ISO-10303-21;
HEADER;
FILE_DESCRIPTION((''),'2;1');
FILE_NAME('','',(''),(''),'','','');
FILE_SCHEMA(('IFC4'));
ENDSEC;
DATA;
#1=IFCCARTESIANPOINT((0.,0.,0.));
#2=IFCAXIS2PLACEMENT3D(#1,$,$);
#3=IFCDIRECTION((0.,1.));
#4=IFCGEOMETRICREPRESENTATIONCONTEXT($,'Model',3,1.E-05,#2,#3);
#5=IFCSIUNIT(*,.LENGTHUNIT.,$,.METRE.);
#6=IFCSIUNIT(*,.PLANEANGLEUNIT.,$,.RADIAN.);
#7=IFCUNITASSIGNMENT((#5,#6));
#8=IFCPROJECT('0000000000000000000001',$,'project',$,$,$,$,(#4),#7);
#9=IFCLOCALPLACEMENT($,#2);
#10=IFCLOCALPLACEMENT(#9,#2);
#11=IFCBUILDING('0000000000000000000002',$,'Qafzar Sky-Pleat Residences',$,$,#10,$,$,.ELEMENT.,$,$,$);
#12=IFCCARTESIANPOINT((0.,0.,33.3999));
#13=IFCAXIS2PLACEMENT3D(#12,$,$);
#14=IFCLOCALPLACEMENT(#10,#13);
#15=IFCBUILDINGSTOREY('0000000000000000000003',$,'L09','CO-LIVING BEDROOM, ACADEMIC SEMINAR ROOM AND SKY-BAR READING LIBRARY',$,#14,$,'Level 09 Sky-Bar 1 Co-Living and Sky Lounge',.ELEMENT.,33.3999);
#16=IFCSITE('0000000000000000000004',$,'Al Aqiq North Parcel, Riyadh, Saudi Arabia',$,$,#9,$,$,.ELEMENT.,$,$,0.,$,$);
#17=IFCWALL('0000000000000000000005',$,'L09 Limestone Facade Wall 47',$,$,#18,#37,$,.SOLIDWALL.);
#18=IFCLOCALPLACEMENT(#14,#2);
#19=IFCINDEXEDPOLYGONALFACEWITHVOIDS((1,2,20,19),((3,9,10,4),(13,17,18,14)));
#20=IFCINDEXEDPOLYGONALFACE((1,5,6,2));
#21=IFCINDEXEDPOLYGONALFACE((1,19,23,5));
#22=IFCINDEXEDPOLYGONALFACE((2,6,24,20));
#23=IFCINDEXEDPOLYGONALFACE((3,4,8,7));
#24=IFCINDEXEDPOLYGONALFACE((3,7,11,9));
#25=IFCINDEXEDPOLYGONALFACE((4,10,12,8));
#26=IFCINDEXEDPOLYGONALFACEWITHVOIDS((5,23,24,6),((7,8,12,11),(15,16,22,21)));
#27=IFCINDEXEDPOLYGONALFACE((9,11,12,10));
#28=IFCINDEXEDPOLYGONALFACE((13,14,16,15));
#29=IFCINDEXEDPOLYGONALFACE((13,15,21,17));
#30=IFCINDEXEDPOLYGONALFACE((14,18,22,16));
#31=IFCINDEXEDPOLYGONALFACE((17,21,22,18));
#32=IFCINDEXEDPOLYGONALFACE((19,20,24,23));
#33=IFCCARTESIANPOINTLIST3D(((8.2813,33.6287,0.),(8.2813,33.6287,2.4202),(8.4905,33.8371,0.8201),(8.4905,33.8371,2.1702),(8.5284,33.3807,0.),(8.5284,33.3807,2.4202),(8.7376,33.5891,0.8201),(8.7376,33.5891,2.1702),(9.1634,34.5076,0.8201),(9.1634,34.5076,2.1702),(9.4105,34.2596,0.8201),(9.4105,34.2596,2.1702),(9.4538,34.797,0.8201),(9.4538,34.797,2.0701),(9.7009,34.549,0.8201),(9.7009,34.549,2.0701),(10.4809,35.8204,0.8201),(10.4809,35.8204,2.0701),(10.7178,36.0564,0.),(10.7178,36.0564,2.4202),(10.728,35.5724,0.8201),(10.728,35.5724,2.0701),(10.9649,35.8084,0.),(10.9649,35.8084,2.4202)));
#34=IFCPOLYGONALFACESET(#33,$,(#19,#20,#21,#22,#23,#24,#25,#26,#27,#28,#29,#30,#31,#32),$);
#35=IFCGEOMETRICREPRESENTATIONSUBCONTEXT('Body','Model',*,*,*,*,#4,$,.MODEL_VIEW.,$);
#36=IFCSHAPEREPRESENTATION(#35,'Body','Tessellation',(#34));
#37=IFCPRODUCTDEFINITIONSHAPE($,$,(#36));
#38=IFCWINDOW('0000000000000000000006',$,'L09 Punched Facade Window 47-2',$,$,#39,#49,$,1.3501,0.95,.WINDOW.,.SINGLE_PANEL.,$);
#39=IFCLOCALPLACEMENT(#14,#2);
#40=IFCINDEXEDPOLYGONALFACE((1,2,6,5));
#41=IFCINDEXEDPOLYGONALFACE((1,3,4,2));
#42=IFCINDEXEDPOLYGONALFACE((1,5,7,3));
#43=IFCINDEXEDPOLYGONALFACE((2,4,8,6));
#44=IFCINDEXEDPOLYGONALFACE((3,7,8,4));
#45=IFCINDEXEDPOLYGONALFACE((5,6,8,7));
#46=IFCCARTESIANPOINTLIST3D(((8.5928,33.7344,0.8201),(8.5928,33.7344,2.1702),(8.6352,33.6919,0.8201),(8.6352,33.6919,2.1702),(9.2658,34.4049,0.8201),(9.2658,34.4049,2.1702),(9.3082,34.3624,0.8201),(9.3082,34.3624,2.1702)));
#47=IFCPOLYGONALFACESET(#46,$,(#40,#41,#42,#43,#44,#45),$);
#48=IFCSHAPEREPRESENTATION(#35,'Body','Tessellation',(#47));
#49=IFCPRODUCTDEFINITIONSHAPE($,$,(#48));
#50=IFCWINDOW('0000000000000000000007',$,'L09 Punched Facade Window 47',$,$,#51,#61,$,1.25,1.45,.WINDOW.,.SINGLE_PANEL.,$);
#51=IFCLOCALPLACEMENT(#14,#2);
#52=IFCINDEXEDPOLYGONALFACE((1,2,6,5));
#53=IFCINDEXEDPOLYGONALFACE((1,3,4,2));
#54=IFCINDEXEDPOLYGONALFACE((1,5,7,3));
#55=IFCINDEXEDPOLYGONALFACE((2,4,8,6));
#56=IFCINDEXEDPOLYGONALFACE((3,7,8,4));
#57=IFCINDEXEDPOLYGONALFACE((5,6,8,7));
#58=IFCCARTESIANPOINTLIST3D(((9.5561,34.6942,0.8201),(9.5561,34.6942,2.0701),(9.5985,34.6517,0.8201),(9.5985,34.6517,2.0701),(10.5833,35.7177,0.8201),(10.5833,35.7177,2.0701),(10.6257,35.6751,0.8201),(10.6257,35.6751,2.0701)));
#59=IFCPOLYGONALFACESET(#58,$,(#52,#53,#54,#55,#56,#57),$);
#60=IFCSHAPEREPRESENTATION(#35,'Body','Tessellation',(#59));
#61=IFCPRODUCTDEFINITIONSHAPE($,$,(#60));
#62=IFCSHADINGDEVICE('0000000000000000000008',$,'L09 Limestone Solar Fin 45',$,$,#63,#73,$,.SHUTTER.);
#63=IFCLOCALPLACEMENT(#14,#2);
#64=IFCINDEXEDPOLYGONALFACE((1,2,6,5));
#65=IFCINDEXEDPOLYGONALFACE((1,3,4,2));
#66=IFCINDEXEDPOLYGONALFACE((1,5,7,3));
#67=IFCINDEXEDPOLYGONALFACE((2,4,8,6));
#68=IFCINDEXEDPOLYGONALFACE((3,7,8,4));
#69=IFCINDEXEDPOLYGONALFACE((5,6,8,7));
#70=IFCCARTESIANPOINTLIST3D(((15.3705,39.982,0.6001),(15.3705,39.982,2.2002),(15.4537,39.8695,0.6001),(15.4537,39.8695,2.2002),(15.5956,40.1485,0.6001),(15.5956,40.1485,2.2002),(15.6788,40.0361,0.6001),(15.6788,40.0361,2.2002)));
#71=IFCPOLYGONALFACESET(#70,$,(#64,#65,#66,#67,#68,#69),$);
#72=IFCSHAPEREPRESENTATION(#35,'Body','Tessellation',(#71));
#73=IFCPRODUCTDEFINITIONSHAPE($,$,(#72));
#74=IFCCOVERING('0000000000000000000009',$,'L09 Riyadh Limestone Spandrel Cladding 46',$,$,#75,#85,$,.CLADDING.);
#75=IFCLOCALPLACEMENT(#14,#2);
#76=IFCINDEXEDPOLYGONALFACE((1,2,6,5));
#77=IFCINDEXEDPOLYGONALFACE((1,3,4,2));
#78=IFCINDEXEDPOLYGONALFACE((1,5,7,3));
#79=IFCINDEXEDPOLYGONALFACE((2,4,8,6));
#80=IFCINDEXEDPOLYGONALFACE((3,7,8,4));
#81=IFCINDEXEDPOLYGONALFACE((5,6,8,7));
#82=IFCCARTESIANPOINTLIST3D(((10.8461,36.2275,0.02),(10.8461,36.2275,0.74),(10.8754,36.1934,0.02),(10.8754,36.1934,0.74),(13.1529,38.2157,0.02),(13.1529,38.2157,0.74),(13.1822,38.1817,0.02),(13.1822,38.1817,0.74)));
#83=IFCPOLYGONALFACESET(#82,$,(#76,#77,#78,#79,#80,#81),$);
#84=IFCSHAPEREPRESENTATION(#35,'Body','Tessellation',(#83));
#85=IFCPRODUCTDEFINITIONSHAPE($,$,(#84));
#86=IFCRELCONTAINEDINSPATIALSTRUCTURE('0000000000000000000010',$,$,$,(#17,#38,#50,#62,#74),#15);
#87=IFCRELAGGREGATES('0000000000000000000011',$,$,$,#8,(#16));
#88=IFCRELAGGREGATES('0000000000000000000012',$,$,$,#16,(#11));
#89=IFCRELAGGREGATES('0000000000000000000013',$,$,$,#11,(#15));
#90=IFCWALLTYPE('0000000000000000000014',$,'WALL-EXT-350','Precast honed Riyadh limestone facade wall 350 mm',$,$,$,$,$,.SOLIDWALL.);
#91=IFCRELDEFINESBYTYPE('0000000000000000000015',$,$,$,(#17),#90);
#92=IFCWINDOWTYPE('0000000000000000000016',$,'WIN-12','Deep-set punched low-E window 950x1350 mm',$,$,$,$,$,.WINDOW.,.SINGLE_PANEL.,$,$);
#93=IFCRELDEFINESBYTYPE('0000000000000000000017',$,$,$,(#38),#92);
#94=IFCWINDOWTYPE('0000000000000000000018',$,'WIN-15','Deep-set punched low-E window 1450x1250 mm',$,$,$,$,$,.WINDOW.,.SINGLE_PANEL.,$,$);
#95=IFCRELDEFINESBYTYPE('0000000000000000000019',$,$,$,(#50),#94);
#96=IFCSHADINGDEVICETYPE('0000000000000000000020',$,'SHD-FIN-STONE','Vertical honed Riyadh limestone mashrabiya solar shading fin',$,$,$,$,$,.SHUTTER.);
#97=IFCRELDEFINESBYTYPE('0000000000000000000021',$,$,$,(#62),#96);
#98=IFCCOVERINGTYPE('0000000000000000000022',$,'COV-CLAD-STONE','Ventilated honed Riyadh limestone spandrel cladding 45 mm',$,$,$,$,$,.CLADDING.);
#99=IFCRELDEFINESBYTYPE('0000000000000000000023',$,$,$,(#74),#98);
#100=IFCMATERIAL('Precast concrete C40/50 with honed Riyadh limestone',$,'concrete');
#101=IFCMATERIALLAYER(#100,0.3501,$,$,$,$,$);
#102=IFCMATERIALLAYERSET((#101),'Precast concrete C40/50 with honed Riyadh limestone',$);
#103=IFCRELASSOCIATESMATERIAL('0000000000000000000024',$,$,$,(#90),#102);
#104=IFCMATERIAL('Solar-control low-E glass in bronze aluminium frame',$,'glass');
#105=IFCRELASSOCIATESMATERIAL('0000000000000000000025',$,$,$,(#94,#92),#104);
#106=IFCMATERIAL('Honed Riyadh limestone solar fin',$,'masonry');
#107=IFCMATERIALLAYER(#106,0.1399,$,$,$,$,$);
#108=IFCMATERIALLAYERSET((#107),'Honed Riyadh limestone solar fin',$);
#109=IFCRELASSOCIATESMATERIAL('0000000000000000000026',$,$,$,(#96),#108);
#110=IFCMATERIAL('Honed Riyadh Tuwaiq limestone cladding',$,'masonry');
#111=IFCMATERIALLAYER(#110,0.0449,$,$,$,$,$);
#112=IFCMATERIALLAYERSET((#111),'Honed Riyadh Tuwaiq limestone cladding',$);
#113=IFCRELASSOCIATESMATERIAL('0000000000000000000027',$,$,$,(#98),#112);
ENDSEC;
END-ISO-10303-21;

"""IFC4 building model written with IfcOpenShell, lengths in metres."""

from ifc_helpers import new_model, si_unit, direction, frame, frame_2d, origin, origin_2d, place, context, subcontext, project, spatial, rectangle, extrude, source, transform, mapped, material, layer, layer_set, type_object, element, fill, save


model = new_model("IFC4")

# Units and contexts
model_context = context("Model", 3, precision=1e-05, world=origin(), true_north=direction((0.0, 1.0)))
body_context = subcontext(model_context, "Body", "Model", "MODEL_VIEW")
ifc_project = project(units=[si_unit("LENGTHUNIT", "METRE"), si_unit("PLANEANGLEUNIT", "RADIAN")], contexts=[model_context])

# Site, building, storey
site_placement = place(None, origin())
site = spatial("IfcSite", under=ifc_project, at=site_placement, Name="Al Aqiq North Parcel, Riyadh, Saudi Arabia", CompositionType="ELEMENT", RefElevation=0.0)
building_placement = place(site_placement, origin())
building = spatial("IfcBuilding", under=site, at=building_placement, Name="Qafzar Sky-Pleat Residences", CompositionType="ELEMENT")
storey_placement = place(building_placement, frame((0.0, 0.0, 33.3999)))
storey = spatial("IfcBuildingStorey", under=building, at=storey_placement, Name="L09", Description="CO-LIVING BEDROOM, ACADEMIC SEMINAR ROOM AND SKY-BAR READING LIBRARY", LongName="Level 09 Sky-Bar 1 Co-Living and Sky Lounge", CompositionType="ELEMENT", Elevation=33.3999)

# Wall, openings, windows
ifc_material_1 = material(Name="Precast concrete C40/50 with honed Riyadh limestone", Category="concrete")
ifc_layer_1 = layer(ifc_material_1, 0.3501)
ifc_layer_set_1 = layer_set([ifc_layer_1], Name="Precast concrete C40/50 with honed Riyadh limestone")
wall_type_1 = type_object("IfcWallType", Name="WALL-EXT-350", Description="Precast honed Riyadh limestone facade wall 350 mm", PredefinedType="SOLIDWALL", material=ifc_layer_set_1)
ifc_material_2 = material(Name="Solar-control low-E glass in bronze aluminium frame", Category="glass")
window_type_1 = type_object("IfcWindowType", Name="WIN-15", Description="Deep-set punched low-E window 1450x1250 mm", PartitioningType="SINGLE_PANEL", PredefinedType="WINDOW", material=ifc_material_2)
shared_shape_1 = source(origin(), body_context, "Body", "SweptSolid", [
    extrude(rectangle(XDim=1.45, YDim=1.25, at=frame_2d((0.7251, 0.625))), frame((0.0, 0.03, 0.0), z_axis=(0.0, -1.0, 0.0), x_axis=(1.0, 0.0, 0.0)), (0.0, 0.0, 1.0), 0.0601),
])
wall_1_placement = place(storey_placement, frame((10.8413, 35.9324, 0.0), z_axis=(0.0, 0.0, 1.0), x_axis=(-0.708383, -0.705828, 0.0)))
wall_1 = element("IfcWall", 1, at=wall_1_placement, inside=storey, type_object=wall_type_1, Name="L09 Limestone Facade Wall 47", PredefinedType="SOLIDWALL", context=body_context, shape_type="SweptSolid", body=[
    extrude(rectangle(XDim=3.4395, YDim=0.3501, at=frame_2d((1.7197, 0.0))), origin(), (0.0, 0.0, 1.0), 2.4202),
])
opening_1_placement = place(wall_1_placement, frame((0.3342, 0.0, 0.8201)))
opening_1 = element("IfcOpeningElement", 2, at=opening_1_placement, cuts=wall_1, PredefinedType="OPENING", context=body_context, shape_type="SweptSolid", body=[
    extrude(rectangle(XDim=1.45, YDim=1.25, at=frame_2d((0.7251, 0.625))), frame((0.0, 0.1851, 0.0), z_axis=(0.0, -1.0, 0.0), x_axis=(1.0, 0.0, 0.0)), (0.0, 0.0, 1.0), 0.3701),
])
opening_2_placement = place(wall_1_placement, frame((2.1941, 0.0, 0.8201)))
opening_2 = element("IfcOpeningElement", 3, at=opening_2_placement, cuts=wall_1, PredefinedType="OPENING", context=body_context, shape_type="SweptSolid", body=[
    extrude(rectangle(XDim=0.95, YDim=1.3501, at=frame_2d((0.4751, 0.675))), frame((0.0, 0.1851, 0.0), z_axis=(0.0, -1.0, 0.0), x_axis=(1.0, 0.0, 0.0)), (0.0, 0.0, 1.0), 0.3701),
])
window_type_2 = type_object("IfcWindowType", Name="WIN-12", Description="Deep-set punched low-E window 950x1350 mm", PartitioningType="SINGLE_PANEL", PredefinedType="WINDOW", material=ifc_material_2)
shared_shape_2 = source(origin(), body_context, "Body", "SweptSolid", [
    extrude(rectangle(XDim=0.95, YDim=1.3501, at=frame_2d((0.4751, 0.675))), frame((0.0, 0.03, 0.0), z_axis=(0.0, -1.0, 0.0), x_axis=(1.0, 0.0, 0.0)), (0.0, 0.0, 1.0), 0.0601),
])
window_1_placement = place(opening_2_placement, origin())
window_1 = element("IfcWindow", 4, at=window_1_placement, inside=storey, type_object=window_type_2, Name="L09 Punched Facade Window 47-2", OverallHeight=1.3501, OverallWidth=0.95, PartitioningType="SINGLE_PANEL", PredefinedType="WINDOW", context=body_context, shape_type="MappedRepresentation", body=[
    mapped(shared_shape_2, transform((0.0, 0.0, 0.0), x_axis=(1.0, 0.0, 0.0), y_axis=(0.0, 1.0, 0.0), z_axis=(0.0, 0.0, 1.0), scale=1.0)),
])
fill(opening_2, window_1)
window_2_placement = place(opening_1_placement, origin())
window_2 = element("IfcWindow", 5, at=window_2_placement, inside=storey, type_object=window_type_1, Name="L09 Punched Facade Window 47", OverallHeight=1.25, OverallWidth=1.45, PartitioningType="SINGLE_PANEL", PredefinedType="WINDOW", context=body_context, shape_type="MappedRepresentation", body=[
    mapped(shared_shape_1, transform((0.0, 0.0, 0.0), x_axis=(1.0, 0.0, 0.0), y_axis=(0.0, 1.0, 0.0), z_axis=(0.0, 0.0, 1.0), scale=1.0)),
])
fill(opening_1, window_2)

# Shading device
ifc_material_3 = material(Name="Honed Riyadh limestone solar fin", Category="masonry")
ifc_layer_2 = layer(ifc_material_3, 0.1399)
ifc_layer_set_2 = layer_set([ifc_layer_2], Name="Honed Riyadh limestone solar fin")
shading_device_type = type_object("IfcShadingDeviceType", Name="SHD-FIN-STONE", Description="Vertical honed Riyadh limestone mashrabiya solar shading fin", PredefinedType="SHUTTER", material=ifc_layer_set_2)
shared_shape_3 = source(origin(), body_context, "Body", "SweptSolid", [
    extrude(rectangle(XDim=0.1399, YDim=0.28, at=origin_2d()), origin(), (0.0, 0.0, 1.0), 1.6001),
])
shading_device_placement = place(storey_placement, frame((15.5247, 40.009, 0.6001), z_axis=(0.0, 0.0, 1.0), x_axis=(-0.594882, 0.803813, 0.0)))
element("IfcShadingDevice", 6, at=shading_device_placement, inside=storey, type_object=shading_device_type, Name="L09 Limestone Solar Fin 45", PredefinedType="SHUTTER", context=body_context, shape_type="MappedRepresentation", body=[
    mapped(shared_shape_3, transform((0.0, 0.0, 0.0), x_axis=(1.0, 0.0, 0.0), y_axis=(0.0, 1.0, 0.0), z_axis=(0.0, 0.0, 1.0), scale=1.0)),
])

# Covering
ifc_material_4 = material(Name="Honed Riyadh Tuwaiq limestone cladding", Category="masonry")
ifc_layer_3 = layer(ifc_material_4, 0.0449)
ifc_layer_set_3 = layer_set([ifc_layer_3], Name="Honed Riyadh Tuwaiq limestone cladding")
covering_type = type_object("IfcCoveringType", Name="COV-CLAD-STONE", Description="Ventilated honed Riyadh limestone spandrel cladding 45 mm", PredefinedType="CLADDING", material=ifc_layer_set_3)
shared_shape_4 = source(origin(), body_context, "Body", "SweptSolid", [
    extrude(rectangle(XDim=3.0454, YDim=0.0449, at=origin_2d()), origin(), (0.0, 0.0, 1.0), 0.72),
])
covering_placement = place(storey_placement, frame((12.0142, 37.2046, 0.02), z_axis=(0.0, 0.0, 1.0), x_axis=(-0.757466, -0.652875, 0.0)))
element("IfcCovering", 7, at=covering_placement, inside=storey, type_object=covering_type, Name="L09 Riyadh Limestone Spandrel Cladding 46", PredefinedType="CLADDING", context=body_context, shape_type="MappedRepresentation", body=[
    mapped(shared_shape_4, transform((0.0, 0.0, 0.0), x_axis=(1.0, 0.0, 0.0), y_axis=(0.0, 1.0, 0.0), z_axis=(0.0, 0.0, 1.0), scale=1.0)),
])

save(model, "model.ifc")
